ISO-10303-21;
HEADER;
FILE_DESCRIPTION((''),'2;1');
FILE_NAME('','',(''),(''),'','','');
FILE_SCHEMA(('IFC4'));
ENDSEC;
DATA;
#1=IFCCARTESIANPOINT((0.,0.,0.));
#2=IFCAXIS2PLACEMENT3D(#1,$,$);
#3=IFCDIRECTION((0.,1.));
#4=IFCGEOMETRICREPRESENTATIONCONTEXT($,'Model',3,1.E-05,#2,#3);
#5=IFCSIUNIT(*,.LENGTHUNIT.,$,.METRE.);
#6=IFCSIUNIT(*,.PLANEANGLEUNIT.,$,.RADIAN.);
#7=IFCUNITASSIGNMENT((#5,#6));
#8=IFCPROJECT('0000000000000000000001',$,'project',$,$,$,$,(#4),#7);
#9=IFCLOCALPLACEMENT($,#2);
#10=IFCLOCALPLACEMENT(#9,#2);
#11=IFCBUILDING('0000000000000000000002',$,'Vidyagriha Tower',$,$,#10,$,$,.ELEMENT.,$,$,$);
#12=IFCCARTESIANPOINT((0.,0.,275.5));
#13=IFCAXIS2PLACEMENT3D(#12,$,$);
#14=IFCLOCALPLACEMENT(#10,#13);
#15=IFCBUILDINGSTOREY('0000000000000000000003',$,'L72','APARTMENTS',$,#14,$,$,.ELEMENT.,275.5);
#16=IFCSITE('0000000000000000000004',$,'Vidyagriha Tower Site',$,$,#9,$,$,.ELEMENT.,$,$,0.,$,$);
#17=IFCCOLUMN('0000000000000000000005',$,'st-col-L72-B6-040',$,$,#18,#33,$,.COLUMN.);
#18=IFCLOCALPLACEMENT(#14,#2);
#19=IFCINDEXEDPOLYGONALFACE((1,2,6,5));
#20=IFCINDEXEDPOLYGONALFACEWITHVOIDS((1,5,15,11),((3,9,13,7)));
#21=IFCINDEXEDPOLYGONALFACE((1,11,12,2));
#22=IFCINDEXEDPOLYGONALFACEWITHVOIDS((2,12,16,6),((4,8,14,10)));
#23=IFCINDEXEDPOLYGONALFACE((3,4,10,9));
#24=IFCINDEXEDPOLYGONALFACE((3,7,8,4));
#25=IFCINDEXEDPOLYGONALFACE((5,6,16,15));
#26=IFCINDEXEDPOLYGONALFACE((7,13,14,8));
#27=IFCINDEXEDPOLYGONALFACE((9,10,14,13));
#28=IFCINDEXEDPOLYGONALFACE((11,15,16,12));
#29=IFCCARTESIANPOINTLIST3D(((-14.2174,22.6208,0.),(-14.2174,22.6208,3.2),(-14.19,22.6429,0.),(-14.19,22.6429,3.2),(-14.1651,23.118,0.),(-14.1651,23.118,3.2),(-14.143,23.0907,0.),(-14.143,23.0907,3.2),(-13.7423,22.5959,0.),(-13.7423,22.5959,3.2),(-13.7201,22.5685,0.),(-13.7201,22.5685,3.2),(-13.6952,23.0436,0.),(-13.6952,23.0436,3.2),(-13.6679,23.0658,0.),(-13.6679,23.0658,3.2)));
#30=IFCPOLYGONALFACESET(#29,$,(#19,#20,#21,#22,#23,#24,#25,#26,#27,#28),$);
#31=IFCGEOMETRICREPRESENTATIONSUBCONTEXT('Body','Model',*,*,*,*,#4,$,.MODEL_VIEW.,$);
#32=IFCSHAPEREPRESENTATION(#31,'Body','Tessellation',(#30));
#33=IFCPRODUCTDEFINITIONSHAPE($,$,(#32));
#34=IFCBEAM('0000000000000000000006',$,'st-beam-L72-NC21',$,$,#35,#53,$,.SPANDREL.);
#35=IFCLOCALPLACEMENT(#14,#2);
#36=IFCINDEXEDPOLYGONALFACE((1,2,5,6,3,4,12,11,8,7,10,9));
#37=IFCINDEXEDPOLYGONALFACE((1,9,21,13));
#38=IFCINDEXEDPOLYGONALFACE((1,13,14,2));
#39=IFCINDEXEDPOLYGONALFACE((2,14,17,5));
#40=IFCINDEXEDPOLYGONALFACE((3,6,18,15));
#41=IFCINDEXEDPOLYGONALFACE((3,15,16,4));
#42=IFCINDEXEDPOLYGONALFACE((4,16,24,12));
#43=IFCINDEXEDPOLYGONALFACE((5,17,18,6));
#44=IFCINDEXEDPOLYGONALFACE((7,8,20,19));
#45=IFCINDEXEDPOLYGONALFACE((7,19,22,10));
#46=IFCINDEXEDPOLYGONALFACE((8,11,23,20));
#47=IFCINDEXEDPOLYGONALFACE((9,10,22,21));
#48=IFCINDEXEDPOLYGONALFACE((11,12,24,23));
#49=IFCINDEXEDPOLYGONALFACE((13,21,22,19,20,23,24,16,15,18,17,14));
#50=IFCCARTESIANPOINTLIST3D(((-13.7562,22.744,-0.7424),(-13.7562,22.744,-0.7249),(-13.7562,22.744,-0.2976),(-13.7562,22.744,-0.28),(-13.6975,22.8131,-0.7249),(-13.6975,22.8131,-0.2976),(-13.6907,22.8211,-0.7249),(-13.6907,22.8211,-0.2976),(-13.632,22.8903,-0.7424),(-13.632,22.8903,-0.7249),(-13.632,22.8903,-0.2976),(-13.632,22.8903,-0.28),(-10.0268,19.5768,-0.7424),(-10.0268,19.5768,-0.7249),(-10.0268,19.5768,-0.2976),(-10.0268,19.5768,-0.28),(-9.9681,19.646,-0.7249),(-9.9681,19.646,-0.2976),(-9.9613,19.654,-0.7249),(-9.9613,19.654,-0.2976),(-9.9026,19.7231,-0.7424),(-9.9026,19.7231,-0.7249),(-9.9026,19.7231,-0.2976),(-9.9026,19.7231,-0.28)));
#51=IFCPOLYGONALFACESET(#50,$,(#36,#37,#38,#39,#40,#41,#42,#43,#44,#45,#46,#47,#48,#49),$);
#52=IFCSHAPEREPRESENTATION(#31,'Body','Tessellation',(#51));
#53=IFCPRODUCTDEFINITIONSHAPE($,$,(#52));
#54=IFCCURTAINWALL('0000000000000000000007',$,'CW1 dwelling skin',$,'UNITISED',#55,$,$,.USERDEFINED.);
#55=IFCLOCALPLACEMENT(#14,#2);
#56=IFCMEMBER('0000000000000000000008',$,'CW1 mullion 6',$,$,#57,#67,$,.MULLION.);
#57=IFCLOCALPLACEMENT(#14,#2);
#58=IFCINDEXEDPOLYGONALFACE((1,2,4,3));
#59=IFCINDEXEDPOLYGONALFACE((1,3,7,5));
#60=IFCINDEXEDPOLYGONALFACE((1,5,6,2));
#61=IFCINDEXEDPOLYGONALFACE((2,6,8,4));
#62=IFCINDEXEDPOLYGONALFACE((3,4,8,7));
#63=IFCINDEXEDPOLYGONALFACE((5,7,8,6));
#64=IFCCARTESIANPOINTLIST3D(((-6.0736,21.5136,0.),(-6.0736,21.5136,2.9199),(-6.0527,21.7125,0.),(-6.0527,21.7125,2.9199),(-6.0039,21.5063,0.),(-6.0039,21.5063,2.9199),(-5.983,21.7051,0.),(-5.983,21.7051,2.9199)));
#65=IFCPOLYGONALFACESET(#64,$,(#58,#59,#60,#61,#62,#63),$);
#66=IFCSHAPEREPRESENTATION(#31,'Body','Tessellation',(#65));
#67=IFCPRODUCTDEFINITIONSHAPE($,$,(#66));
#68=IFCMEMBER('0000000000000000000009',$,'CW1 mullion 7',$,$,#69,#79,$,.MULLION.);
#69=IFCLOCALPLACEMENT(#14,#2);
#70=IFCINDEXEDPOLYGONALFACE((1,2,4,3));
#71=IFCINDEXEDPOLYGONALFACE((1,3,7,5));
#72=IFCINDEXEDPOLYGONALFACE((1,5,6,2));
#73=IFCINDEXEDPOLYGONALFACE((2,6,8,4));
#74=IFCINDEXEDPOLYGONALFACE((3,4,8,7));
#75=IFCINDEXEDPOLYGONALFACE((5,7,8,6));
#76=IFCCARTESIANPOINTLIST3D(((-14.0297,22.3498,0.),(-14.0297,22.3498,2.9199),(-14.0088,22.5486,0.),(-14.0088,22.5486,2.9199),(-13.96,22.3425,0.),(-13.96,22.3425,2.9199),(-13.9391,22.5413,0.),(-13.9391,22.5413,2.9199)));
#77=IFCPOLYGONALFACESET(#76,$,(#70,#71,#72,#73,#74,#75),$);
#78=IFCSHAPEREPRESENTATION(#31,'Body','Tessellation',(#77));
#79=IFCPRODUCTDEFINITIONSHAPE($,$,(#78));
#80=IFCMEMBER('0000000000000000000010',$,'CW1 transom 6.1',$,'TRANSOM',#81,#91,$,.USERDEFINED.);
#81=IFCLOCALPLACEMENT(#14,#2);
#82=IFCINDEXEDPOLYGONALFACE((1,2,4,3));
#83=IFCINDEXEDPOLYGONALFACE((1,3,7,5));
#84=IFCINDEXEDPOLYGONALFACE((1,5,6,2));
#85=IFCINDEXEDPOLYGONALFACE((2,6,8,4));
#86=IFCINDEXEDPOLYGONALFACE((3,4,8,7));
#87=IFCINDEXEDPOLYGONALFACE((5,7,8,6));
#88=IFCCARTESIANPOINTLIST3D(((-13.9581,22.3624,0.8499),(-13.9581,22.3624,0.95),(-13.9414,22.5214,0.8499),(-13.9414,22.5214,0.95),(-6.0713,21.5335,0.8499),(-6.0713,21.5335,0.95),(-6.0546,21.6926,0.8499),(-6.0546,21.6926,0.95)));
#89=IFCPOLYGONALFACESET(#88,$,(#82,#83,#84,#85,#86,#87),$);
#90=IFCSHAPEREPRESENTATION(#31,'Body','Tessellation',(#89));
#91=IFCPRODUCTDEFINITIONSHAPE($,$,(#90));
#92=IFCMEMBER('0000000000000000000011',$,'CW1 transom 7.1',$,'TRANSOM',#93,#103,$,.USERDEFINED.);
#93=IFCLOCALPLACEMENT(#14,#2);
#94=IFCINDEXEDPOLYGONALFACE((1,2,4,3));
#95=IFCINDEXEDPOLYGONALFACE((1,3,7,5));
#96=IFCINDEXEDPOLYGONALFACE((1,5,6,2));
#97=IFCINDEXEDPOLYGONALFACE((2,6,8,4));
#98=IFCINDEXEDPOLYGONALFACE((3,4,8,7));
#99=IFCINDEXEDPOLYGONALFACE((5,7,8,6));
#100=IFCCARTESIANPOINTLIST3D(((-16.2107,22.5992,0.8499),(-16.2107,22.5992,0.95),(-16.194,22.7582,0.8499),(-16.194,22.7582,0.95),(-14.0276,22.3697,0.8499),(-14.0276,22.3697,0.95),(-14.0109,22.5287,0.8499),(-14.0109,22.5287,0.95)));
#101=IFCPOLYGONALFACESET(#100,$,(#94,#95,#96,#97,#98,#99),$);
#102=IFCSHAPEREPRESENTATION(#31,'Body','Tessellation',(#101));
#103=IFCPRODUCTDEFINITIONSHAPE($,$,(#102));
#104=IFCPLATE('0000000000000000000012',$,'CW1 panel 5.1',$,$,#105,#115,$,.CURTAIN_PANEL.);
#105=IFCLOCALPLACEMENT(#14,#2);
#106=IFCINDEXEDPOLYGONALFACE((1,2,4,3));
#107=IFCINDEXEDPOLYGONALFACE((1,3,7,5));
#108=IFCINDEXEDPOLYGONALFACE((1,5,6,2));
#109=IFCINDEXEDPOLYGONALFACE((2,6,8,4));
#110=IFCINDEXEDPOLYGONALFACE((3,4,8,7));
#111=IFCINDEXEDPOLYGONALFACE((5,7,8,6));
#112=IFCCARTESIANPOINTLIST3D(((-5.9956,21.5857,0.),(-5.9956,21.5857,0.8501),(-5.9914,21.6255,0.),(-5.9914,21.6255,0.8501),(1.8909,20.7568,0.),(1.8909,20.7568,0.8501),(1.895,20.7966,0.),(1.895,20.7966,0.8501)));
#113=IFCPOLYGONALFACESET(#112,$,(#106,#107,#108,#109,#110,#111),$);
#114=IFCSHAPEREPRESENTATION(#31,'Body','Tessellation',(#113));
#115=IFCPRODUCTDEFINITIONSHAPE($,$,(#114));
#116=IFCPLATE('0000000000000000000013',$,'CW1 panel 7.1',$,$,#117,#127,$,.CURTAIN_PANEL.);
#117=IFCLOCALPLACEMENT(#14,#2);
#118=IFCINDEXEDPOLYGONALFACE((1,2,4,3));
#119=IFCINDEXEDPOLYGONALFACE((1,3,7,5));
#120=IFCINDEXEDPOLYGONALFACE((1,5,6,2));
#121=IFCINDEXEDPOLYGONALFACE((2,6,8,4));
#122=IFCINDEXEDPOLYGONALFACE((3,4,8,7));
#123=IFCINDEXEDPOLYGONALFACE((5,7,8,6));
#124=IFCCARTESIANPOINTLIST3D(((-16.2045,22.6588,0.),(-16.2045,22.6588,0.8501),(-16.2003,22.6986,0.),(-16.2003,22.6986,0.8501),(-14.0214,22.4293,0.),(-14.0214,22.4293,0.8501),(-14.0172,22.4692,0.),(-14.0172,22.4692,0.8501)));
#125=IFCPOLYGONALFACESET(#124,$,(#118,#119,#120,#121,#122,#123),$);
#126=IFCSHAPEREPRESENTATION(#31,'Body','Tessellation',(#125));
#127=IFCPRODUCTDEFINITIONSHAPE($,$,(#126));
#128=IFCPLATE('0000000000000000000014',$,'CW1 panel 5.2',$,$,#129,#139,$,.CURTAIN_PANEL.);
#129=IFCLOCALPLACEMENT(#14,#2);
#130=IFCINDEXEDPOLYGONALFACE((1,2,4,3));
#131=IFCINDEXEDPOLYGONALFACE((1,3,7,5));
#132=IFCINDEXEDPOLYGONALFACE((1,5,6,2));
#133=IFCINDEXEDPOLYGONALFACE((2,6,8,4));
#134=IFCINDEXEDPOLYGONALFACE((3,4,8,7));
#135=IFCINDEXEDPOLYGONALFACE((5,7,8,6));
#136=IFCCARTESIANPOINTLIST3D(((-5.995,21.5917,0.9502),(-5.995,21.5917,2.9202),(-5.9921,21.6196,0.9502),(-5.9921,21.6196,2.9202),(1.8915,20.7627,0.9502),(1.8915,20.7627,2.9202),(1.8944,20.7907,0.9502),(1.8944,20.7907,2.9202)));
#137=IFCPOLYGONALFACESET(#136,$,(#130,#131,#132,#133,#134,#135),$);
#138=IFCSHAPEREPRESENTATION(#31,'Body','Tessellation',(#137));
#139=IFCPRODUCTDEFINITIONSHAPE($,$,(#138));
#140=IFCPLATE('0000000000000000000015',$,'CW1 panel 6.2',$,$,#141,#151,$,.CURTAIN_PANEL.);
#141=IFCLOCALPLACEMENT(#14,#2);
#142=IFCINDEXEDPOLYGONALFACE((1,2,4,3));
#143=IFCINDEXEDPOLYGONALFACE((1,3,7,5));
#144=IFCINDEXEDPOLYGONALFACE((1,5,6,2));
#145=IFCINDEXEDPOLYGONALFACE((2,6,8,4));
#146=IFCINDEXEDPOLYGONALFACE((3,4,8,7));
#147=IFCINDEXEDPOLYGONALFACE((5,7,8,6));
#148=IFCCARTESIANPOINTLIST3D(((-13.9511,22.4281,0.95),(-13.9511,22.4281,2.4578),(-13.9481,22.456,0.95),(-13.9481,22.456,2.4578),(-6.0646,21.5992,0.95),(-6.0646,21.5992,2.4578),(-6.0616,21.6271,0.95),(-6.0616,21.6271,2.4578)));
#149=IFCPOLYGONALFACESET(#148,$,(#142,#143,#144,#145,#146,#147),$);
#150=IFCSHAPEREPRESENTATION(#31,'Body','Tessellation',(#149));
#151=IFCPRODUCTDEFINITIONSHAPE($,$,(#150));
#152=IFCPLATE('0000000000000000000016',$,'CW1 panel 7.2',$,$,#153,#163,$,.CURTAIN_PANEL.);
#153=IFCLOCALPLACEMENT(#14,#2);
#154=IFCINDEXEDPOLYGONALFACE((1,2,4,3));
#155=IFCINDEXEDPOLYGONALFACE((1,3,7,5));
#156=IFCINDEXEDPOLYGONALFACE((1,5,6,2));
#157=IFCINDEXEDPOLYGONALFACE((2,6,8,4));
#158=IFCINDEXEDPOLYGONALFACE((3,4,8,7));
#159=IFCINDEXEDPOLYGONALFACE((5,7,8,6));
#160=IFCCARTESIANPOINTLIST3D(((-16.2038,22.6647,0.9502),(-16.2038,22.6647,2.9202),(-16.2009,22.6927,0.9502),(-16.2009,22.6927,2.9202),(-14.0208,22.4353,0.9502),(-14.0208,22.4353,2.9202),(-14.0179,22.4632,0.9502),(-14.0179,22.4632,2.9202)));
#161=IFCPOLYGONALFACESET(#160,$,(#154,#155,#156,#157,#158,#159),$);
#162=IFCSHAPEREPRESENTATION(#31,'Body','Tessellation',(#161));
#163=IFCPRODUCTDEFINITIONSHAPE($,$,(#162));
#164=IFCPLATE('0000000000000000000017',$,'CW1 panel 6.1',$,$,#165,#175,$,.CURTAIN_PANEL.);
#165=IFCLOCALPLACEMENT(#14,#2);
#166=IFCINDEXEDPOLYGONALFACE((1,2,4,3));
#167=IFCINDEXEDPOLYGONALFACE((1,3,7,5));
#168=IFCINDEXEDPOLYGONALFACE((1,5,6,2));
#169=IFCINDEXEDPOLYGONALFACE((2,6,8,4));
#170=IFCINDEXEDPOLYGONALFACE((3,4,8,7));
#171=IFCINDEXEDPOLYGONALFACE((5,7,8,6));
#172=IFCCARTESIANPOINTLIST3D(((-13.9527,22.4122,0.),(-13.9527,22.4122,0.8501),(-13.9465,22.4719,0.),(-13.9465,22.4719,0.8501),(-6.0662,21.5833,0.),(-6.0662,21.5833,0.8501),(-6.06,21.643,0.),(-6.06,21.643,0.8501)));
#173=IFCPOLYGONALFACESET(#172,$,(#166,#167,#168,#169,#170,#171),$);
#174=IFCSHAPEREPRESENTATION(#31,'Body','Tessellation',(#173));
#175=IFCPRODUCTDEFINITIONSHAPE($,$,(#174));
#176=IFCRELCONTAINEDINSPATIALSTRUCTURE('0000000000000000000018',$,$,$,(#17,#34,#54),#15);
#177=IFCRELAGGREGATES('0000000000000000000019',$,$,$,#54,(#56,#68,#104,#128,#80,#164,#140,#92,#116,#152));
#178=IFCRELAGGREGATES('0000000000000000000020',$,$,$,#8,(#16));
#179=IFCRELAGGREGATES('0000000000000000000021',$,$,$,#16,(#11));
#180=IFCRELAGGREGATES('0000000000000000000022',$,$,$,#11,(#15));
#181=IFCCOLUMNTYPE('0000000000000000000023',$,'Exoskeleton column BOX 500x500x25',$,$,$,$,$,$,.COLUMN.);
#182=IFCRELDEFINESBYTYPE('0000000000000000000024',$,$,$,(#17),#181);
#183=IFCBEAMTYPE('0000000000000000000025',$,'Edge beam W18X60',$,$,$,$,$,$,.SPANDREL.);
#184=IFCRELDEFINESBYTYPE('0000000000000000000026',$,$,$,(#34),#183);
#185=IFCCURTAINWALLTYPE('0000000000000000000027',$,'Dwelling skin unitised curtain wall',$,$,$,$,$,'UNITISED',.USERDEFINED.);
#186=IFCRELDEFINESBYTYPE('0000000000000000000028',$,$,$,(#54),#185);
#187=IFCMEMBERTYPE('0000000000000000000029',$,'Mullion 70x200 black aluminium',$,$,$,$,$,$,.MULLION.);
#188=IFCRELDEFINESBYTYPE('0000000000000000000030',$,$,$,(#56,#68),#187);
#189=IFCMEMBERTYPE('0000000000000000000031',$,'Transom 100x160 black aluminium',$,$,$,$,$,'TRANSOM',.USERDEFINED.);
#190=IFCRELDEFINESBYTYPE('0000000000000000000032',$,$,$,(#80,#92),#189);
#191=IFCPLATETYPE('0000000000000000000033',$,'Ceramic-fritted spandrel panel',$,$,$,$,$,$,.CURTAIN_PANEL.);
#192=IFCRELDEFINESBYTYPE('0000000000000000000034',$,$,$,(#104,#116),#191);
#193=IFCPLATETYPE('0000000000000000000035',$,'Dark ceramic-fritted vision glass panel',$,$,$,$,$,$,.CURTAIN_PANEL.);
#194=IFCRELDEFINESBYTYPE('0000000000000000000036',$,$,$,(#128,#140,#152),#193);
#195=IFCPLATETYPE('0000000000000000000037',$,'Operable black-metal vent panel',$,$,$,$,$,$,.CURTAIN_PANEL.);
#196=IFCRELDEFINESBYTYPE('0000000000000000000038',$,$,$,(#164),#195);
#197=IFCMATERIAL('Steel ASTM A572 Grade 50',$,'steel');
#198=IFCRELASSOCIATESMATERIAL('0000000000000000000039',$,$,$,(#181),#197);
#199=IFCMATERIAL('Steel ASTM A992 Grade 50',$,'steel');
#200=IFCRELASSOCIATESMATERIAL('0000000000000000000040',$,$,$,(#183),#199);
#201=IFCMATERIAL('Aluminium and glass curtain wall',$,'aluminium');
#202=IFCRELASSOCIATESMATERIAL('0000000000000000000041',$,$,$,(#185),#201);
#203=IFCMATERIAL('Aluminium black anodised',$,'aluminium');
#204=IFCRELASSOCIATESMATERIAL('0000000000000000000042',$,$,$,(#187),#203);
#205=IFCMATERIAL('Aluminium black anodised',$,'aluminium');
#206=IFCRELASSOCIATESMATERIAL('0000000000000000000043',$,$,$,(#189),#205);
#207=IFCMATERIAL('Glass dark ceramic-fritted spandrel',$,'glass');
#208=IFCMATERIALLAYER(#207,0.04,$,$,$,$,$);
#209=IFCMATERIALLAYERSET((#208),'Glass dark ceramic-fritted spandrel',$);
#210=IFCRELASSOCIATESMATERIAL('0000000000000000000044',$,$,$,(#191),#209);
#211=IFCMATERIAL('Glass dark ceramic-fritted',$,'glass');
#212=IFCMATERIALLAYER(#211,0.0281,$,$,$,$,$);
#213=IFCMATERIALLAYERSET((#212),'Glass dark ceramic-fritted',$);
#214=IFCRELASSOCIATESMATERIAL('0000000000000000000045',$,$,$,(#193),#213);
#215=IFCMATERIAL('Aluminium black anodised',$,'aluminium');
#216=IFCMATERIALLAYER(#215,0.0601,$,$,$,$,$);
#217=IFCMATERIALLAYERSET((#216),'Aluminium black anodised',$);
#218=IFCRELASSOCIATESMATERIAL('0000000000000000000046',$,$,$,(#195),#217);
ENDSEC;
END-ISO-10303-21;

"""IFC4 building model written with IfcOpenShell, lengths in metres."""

from ifc_helpers import new_model, si_unit, direction, frame, origin, origin_2d, place, context, subcontext, project, spatial, rectangle, hollow_rectangle, i_section, extrude, material, layer, layer_set, material_profile, profile_set, type_object, element, aggregate, save


model = new_model("IFC4")

# Units and contexts
model_context = context("Model", 3, precision=1e-05, world=origin(), true_north=direction((0.0, 1.0)))
body_context = subcontext(model_context, "Body", "Model", "MODEL_VIEW")
ifc_project = project(units=[si_unit("LENGTHUNIT", "METRE"), si_unit("PLANEANGLEUNIT", "RADIAN")], contexts=[model_context])

# Site, building, storey
site_placement = place(None, origin())
site = spatial("IfcSite", under=ifc_project, at=site_placement, Name="Vidyagriha Tower Site", CompositionType="ELEMENT", RefElevation=0.0)
building_placement = place(site_placement, origin())
building = spatial("IfcBuilding", under=site, at=building_placement, Name="Vidyagriha Tower", CompositionType="ELEMENT")
storey_placement = place(building_placement, frame((0.0, 0.0, 275.5)))
storey = spatial("IfcBuildingStorey", under=building, at=storey_placement, Name="L72", Description="APARTMENTS", CompositionType="ELEMENT", Elevation=275.5)

# Column
ifc_material_1 = material(Name="Steel ASTM A572 Grade 50", Category="steel")
ifc_material_profile_1 = material_profile(ifc_material_1, hollow_rectangle(XDim=0.5, YDim=0.5, WallThickness=0.0249, at=origin_2d()), Name="BOX 500x500x25")
ifc_profile_set_1 = profile_set([ifc_material_profile_1], Name="Steel ASTM A572 Grade 50")
column_type = type_object("IfcColumnType", Name="Exoskeleton column BOX 500x500x25", PredefinedType="COLUMN", material=ifc_profile_set_1)
column_placement = place(storey_placement, frame((-13.9426, 22.8433, 0.0), z_axis=(0.0, 0.0, 1.0), x_axis=(0.994522, -0.104528, 0.0)))
element("IfcColumn", 1, at=column_placement, inside=storey, type_object=column_type, Name="st-col-L72-B6-040", PredefinedType="COLUMN", context=body_context, shape_type="SweptSolid", body=[
    extrude(hollow_rectangle(XDim=0.5, YDim=0.5, WallThickness=0.0249, at=origin_2d()), origin(), (0.0, 0.0, 1.0), 3.2),
])

# Beam
ifc_material_2 = material(Name="Steel ASTM A992 Grade 50", Category="steel")
ifc_material_profile_2 = material_profile(ifc_material_2, i_section(OverallWidth=0.1919, OverallDepth=0.4624, WebThickness=0.0105, FlangeThickness=0.0176, at=origin_2d()), Name="W18X60")
ifc_profile_set_2 = profile_set([ifc_material_profile_2], Name="Steel ASTM A992 Grade 50")
beam_type = type_object("IfcBeamType", Name="Edge beam W18X60", PredefinedType="SPANDREL", material=ifc_profile_set_2)
beam_placement = place(storey_placement, frame((-13.6941, 22.8171, -0.5112), z_axis=(0.762225, -0.647312, 0.0), x_axis=(0.647312, 0.762225, 0.0)))
element("IfcBeam", 2, at=beam_placement, inside=storey, type_object=beam_type, Name="st-beam-L72-NC21", PredefinedType="SPANDREL", context=body_context, shape_type="SweptSolid", body=[
    extrude(i_section(OverallWidth=0.1919, OverallDepth=0.4624, WebThickness=0.0105, FlangeThickness=0.0176, at=origin_2d()), origin(), (0.0, 0.0, 1.0), 4.8928),
])

# Curtain wall, members, plates
ifc_material_3 = material(Name="Aluminium and glass curtain wall", Category="aluminium")
curtain_wall_type = type_object("IfcCurtainWallType", Name="Dwelling skin unitised curtain wall", ElementType="UNITISED", PredefinedType="USERDEFINED", material=ifc_material_3)
curtain_wall_placement = place(storey_placement, origin())
curtain_wall = element("IfcCurtainWall", 3, at=curtain_wall_placement, inside=storey, type_object=curtain_wall_type, Name="CW1 dwelling skin", ObjectType="UNITISED", PredefinedType="USERDEFINED")
ifc_material_4 = material(Name="Aluminium black anodised", Category="aluminium")
ifc_material_profile_3 = material_profile(ifc_material_4, rectangle(XDim=0.2, YDim=0.0701, at=origin_2d()), Name="Mullion 70x200 black aluminium")
ifc_profile_set_3 = profile_set([ifc_material_profile_3], Name="Aluminium black anodised")
member_type_1 = type_object("IfcMemberType", Name="Mullion 70x200 black aluminium", PredefinedType="MULLION", material=ifc_profile_set_3)
member_1_placement = place(storey_placement, frame((-6.0283, 21.6094, 0.0), z_axis=(0.0, 0.0, 1.0), x_axis=(-0.104529, -0.994522, 0.0)))
member_1 = element("IfcMember", 4, at=member_1_placement, type_object=member_type_1, Name="CW1 mullion 6", PredefinedType="MULLION", context=body_context, shape_type="SweptSolid", body=[
    extrude(rectangle(XDim=0.2, YDim=0.0701, at=origin_2d()), origin(), (0.0, 0.0, 1.0), 2.9199),
])
member_2_placement = place(storey_placement, frame((-13.9844, 22.4456, 0.0), z_axis=(0.0, 0.0, 1.0), x_axis=(-0.104529, -0.994522, 0.0)))
member_2 = element("IfcMember", 5, at=member_2_placement, type_object=member_type_1, Name="CW1 mullion 7", PredefinedType="MULLION", context=body_context, shape_type="SweptSolid", body=[
    extrude(rectangle(XDim=0.2, YDim=0.0701, at=origin_2d()), origin(), (0.0, 0.0, 1.0), 2.9199),
])
ifc_material_5 = material(Name="Aluminium black anodised", Category="aluminium")
ifc_material_profile_4 = material_profile(ifc_material_5, rectangle(XDim=0.1599, YDim=0.1001, at=origin_2d()), Name="Transom 100x160 black aluminium")
ifc_profile_set_4 = profile_set([ifc_material_profile_4], Name="Aluminium black anodised")
member_type_2 = type_object("IfcMemberType", Name="Transom 100x160 black aluminium", ElementType="TRANSOM", PredefinedType="USERDEFINED", material=ifc_profile_set_4)
member_3_placement = place(storey_placement, frame((-6.063, 21.613, 0.8999), z_axis=(-0.994523, 0.10452, 0.0), x_axis=(-0.10452, -0.994523, 0.0)))
member_3 = element("IfcMember", 6, at=member_3_placement, type_object=member_type_2, Name="CW1 transom 6.1", ObjectType="TRANSOM", PredefinedType="USERDEFINED", context=body_context, shape_type="SweptSolid", body=[
    extrude(rectangle(XDim=0.1599, YDim=0.1001, at=origin_2d()), origin(), (0.0, 0.0, 1.0), 7.9302),
])
member_4_placement = place(storey_placement, frame((-14.0193, 22.4492, 0.8999), z_axis=(-0.99452, 0.104546, 0.0), x_axis=(-0.104546, -0.99452, 0.0)))
member_4 = element("IfcMember", 7, at=member_4_placement, type_object=member_type_2, Name="CW1 transom 7.1", ObjectType="TRANSOM", PredefinedType="USERDEFINED", context=body_context, shape_type="SweptSolid", body=[
    extrude(rectangle(XDim=0.1599, YDim=0.1001, at=origin_2d()), origin(), (0.0, 0.0, 1.0), 2.1951),
])
ifc_material_6 = material(Name="Glass dark ceramic-fritted spandrel", Category="glass")
ifc_layer_1 = layer(ifc_material_6, 0.04)
ifc_layer_set_1 = layer_set([ifc_layer_1], Name="Glass dark ceramic-fritted spandrel")
plate_type_1 = type_object("IfcPlateType", Name="Ceramic-fritted spandrel panel", PredefinedType="CURTAIN_PANEL", material=ifc_layer_set_1)
plate_1_placement = place(storey_placement, frame((-2.0503, 21.1912, 0.0), z_axis=(0.0, 0.0, 1.0), x_axis=(-0.994522, 0.104529, 0.0)))
plate_1 = element("IfcPlate", 8, at=plate_1_placement, type_object=plate_type_1, Name="CW1 panel 5.1", PredefinedType="CURTAIN_PANEL", context=body_context, shape_type="SweptSolid", body=[
    extrude(rectangle(XDim=7.9299, YDim=0.04, at=origin_2d()), origin(), (0.0, 0.0, 1.0), 0.8501),
])
plate_2_placement = place(storey_placement, frame((-15.1108, 22.564, 0.0), z_axis=(0.0, 0.0, 1.0), x_axis=(-0.994522, 0.104529, 0.0)))
plate_2 = element("IfcPlate", 9, at=plate_2_placement, type_object=plate_type_1, Name="CW1 panel 7.1", PredefinedType="CURTAIN_PANEL", context=body_context, shape_type="SweptSolid", body=[
    extrude(rectangle(XDim=2.1951, YDim=0.04, at=origin_2d()), origin(), (0.0, 0.0, 1.0), 0.8501),
])
ifc_material_7 = material(Name="Glass dark ceramic-fritted", Category="glass")
ifc_layer_2 = layer(ifc_material_7, 0.0281)
ifc_layer_set_2 = layer_set([ifc_layer_2], Name="Glass dark ceramic-fritted")
plate_type_2 = type_object("IfcPlateType", Name="Dark ceramic-fritted vision glass panel", PredefinedType="CURTAIN_PANEL", material=ifc_layer_set_2)
plate_3_placement = place(storey_placement, frame((-2.0503, 21.1912, 0.9502), z_axis=(0.0, 0.0, 1.0), x_axis=(-0.994522, 0.104529, 0.0)))
plate_3 = element("IfcPlate", 10, at=plate_3_placement, type_object=plate_type_2, Name="CW1 panel 5.2", PredefinedType="CURTAIN_PANEL", context=body_context, shape_type="SweptSolid", body=[
    extrude(rectangle(XDim=7.9299, YDim=0.0281, at=origin_2d()), origin(), (0.0, 0.0, 1.0), 1.97),
])
plate_4_placement = place(storey_placement, frame((-10.0063, 22.0276, 0.95), z_axis=(0.0, 0.0, 1.0), x_axis=(-0.994522, 0.104529, 0.0)))
plate_4 = element("IfcPlate", 11, at=plate_4_placement, type_object=plate_type_2, Name="CW1 panel 6.2", PredefinedType="CURTAIN_PANEL", context=body_context, shape_type="SweptSolid", body=[
    extrude(rectangle(XDim=7.9299, YDim=0.0281, at=origin_2d()), origin(), (0.0, 0.0, 1.0), 1.5078),
])
plate_5_placement = place(storey_placement, frame((-15.1108, 22.564, 0.9502), z_axis=(0.0, 0.0, 1.0), x_axis=(-0.994522, 0.104529, 0.0)))
plate_5 = element("IfcPlate", 12, at=plate_5_placement, type_object=plate_type_2, Name="CW1 panel 7.2", PredefinedType="CURTAIN_PANEL", context=body_context, shape_type="SweptSolid", body=[
    extrude(rectangle(XDim=2.1951, YDim=0.0281, at=origin_2d()), origin(), (0.0, 0.0, 1.0), 1.97),
])
ifc_material_8 = material(Name="Aluminium black anodised", Category="aluminium")
ifc_layer_3 = layer(ifc_material_8, 0.0601)
ifc_layer_set_3 = layer_set([ifc_layer_3], Name="Aluminium black anodised")
plate_type_3 = type_object("IfcPlateType", Name="Operable black-metal vent panel", PredefinedType="CURTAIN_PANEL", material=ifc_layer_set_3)
plate_6_placement = place(storey_placement, frame((-10.0063, 22.0276, 0.0), z_axis=(0.0, 0.0, 1.0), x_axis=(-0.994522, 0.104529, 0.0)))
plate_6 = element("IfcPlate", 13, at=plate_6_placement, type_object=plate_type_3, Name="CW1 panel 6.1", PredefinedType="CURTAIN_PANEL", context=body_context, shape_type="SweptSolid", body=[
    extrude(rectangle(XDim=7.9299, YDim=0.0601, at=origin_2d()), origin(), (0.0, 0.0, 1.0), 0.8501),
])
aggregate(curtain_wall, [member_1, member_2, plate_1, plate_3, member_3, plate_6, plate_4, member_4, plate_2, plate_5])

save(model, "model.ifc")
